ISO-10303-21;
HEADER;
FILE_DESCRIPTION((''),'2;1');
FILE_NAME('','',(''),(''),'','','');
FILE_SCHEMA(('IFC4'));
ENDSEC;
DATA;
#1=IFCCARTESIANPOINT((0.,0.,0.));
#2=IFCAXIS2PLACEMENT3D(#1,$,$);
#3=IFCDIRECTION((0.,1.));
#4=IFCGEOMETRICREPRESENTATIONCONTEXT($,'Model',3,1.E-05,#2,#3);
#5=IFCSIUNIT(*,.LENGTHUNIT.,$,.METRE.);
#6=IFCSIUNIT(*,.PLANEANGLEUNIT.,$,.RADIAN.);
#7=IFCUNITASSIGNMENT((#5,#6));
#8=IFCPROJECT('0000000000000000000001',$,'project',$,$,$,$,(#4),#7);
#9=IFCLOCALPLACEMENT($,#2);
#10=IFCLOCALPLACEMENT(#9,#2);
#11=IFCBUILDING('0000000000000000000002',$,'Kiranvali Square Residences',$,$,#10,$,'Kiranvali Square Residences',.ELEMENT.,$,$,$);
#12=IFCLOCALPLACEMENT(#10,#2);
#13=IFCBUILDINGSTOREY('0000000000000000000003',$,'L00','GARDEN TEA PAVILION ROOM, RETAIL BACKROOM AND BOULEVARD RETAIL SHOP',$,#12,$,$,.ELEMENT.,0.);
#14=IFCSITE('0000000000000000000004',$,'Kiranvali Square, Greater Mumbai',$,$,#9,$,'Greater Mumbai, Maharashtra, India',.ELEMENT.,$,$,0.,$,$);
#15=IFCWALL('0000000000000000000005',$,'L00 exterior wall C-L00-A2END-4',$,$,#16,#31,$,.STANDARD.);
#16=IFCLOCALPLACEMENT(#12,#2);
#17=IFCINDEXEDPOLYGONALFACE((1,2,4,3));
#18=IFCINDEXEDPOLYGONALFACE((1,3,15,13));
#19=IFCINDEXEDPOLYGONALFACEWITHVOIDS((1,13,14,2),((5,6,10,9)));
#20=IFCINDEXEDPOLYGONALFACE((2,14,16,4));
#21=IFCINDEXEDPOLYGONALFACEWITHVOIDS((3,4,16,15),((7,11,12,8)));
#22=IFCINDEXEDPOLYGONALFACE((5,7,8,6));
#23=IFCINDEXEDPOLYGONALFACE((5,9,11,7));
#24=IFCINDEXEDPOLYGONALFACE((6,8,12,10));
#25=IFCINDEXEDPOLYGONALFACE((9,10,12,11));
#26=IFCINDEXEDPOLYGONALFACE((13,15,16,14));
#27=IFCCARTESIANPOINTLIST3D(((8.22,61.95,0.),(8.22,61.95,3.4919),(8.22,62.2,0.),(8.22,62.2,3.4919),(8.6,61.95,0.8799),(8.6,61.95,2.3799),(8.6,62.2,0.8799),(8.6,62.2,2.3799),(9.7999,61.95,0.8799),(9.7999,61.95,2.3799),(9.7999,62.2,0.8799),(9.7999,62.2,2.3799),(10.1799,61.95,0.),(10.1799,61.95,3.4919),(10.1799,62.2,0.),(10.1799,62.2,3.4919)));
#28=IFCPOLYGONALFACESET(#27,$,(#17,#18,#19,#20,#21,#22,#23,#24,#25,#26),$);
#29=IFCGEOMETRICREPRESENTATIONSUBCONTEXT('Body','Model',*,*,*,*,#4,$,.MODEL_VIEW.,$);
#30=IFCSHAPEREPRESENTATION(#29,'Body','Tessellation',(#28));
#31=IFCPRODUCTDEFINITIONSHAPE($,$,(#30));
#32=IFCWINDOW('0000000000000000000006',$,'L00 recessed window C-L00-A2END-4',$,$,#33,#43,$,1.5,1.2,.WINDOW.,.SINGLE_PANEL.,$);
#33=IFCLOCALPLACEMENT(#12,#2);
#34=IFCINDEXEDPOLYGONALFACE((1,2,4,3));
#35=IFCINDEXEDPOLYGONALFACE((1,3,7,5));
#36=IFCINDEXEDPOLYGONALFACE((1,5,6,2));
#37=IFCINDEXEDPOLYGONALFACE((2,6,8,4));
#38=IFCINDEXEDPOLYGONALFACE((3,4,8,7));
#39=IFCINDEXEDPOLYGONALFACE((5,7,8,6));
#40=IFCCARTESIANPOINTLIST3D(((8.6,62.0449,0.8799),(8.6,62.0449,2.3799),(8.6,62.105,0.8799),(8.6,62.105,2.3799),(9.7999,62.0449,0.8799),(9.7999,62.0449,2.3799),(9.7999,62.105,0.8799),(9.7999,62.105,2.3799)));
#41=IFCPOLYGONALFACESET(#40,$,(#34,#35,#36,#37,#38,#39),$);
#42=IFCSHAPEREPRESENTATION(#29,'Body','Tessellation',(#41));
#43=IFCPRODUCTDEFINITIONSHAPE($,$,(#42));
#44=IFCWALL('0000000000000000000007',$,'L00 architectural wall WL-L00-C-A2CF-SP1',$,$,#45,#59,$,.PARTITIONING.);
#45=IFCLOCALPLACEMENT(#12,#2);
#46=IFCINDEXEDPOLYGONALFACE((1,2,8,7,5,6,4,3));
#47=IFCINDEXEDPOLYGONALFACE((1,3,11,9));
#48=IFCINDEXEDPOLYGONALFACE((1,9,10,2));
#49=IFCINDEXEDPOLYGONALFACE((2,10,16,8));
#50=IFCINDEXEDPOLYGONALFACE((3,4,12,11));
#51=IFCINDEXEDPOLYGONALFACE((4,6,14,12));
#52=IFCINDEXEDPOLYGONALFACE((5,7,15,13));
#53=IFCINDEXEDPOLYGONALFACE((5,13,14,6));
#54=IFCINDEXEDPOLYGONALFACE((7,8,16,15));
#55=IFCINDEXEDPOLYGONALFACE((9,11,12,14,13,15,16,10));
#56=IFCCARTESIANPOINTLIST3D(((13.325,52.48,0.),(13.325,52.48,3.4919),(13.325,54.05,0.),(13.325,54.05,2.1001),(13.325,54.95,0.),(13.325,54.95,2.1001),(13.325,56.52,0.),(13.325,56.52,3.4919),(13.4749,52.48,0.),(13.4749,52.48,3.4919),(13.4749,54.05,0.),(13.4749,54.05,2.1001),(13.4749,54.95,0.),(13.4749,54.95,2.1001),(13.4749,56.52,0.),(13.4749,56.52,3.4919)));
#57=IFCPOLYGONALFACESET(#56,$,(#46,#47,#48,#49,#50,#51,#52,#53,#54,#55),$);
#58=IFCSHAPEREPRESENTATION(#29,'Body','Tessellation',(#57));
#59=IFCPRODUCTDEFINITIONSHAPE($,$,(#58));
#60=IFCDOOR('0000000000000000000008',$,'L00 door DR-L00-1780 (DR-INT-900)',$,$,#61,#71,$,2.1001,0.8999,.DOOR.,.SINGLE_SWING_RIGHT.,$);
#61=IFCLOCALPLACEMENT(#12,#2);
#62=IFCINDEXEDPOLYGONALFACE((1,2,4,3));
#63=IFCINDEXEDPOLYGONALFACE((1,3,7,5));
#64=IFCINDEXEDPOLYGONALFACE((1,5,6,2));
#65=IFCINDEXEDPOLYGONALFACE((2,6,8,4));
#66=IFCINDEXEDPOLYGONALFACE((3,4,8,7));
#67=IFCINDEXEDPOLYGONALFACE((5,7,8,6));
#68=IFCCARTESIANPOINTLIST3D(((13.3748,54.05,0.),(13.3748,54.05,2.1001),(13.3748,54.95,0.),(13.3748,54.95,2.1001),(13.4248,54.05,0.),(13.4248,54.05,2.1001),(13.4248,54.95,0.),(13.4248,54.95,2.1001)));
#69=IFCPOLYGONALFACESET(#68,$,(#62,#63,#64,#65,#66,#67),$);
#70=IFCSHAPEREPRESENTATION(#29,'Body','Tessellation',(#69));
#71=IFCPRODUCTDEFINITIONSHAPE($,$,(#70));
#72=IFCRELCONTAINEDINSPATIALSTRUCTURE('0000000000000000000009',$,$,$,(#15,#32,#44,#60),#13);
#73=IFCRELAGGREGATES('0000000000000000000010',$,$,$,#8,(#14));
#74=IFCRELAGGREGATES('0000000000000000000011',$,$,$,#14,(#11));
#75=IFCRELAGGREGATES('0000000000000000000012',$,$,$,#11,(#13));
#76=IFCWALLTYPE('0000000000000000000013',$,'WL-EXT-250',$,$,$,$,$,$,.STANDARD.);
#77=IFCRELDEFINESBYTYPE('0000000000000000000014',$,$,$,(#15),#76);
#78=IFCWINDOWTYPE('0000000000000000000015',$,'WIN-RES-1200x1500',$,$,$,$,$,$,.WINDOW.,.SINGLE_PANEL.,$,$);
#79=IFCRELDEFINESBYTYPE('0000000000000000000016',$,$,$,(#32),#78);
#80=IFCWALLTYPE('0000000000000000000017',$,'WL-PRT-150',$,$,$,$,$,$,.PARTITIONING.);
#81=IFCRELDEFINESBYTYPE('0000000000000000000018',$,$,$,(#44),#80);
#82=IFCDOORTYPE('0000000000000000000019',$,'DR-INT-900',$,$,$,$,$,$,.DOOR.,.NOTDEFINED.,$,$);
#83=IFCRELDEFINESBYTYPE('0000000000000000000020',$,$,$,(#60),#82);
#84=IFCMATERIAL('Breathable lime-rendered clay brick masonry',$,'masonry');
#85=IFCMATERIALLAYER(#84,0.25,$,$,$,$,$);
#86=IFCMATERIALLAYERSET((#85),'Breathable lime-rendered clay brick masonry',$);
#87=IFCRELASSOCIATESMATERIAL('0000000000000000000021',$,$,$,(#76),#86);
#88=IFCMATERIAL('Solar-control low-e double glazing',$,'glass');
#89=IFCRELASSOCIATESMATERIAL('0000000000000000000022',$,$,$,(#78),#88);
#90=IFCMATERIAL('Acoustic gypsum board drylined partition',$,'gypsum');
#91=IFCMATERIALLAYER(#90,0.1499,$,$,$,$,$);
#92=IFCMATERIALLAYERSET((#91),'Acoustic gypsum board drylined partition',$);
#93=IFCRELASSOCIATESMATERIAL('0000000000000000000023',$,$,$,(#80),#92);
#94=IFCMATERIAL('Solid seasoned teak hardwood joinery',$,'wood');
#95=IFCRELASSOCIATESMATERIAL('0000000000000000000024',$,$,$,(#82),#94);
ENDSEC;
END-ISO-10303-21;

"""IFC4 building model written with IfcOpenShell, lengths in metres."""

from ifc_helpers import new_model, si_unit, direction, frame, frame_2d, origin, place, context, subcontext, project, spatial, rectangle, extrude, material, layer, layer_set, type_object, element, fill, save


model = new_model("IFC4")

# Units and contexts
model_context = context("Model", 3, precision=1e-05, world=origin(), true_north=direction((0.0, 1.0)))
body_context = subcontext(model_context, "Body", "Model", "MODEL_VIEW")
ifc_project = project(units=[si_unit("LENGTHUNIT", "METRE"), si_unit("PLANEANGLEUNIT", "RADIAN")], contexts=[model_context])

# Site, building, storey
site_placement = place(None, origin())
site = spatial("IfcSite", under=ifc_project, at=site_placement, Name="Kiranvali Square, Greater Mumbai", LongName="Greater Mumbai, Maharashtra, India", CompositionType="ELEMENT", RefElevation=0.0)
building_placement = place(site_placement, origin())
building = spatial("IfcBuilding", under=site, at=building_placement, Name="Kiranvali Square Residences", LongName="Kiranvali Square Residences", CompositionType="ELEMENT")
storey_placement = place(building_placement, origin())
storey = spatial("IfcBuildingStorey", under=building, at=storey_placement, Name="L00", Description="GARDEN TEA PAVILION ROOM, RETAIL BACKROOM AND BOULEVARD RETAIL SHOP", CompositionType="ELEMENT", Elevation=0.0)

# Wall, opening, window
ifc_material_1 = material(Name="Breathable lime-rendered clay brick masonry", Category="masonry")
ifc_layer_1 = layer(ifc_material_1, 0.25)
ifc_layer_set_1 = layer_set([ifc_layer_1], Name="Breathable lime-rendered clay brick masonry")
wall_type_1 = type_object("IfcWallType", Name="WL-EXT-250", PredefinedType="STANDARD", material=ifc_layer_set_1)
ifc_material_2 = material(Name="Solar-control low-e double glazing", Category="glass")
window_type = type_object("IfcWindowType", Name="WIN-RES-1200x1500", PartitioningType="SINGLE_PANEL", PredefinedType="WINDOW", material=ifc_material_2)
wall_1_placement = place(storey_placement, frame((10.1799, 62.075, 0.0), z_axis=(0.0, 0.0, 1.0), x_axis=(-1.0, 0.0, 0.0)))
wall_1 = element("IfcWall", 1, at=wall_1_placement, inside=storey, type_object=wall_type_1, Name="L00 exterior wall C-L00-A2END-4", PredefinedType="STANDARD", context=body_context, shape_type="SweptSolid", body=[
    extrude(rectangle(XDim=1.96, YDim=0.25, at=frame_2d((0.98, 0.0))), origin(), (0.0, 0.0, 1.0), 3.4919),
])
opening_1_placement = place(wall_1_placement, frame((0.3799, 0.0, 0.8799)))
opening_1 = element("IfcOpeningElement", 2, at=opening_1_placement, cuts=wall_1, PredefinedType="OPENING", context=body_context, shape_type="SweptSolid", body=[
    extrude(rectangle(XDim=1.2, YDim=1.5, at=frame_2d((0.6001, 0.75))), frame((0.0, 0.135, 0.0), z_axis=(0.0, -1.0, 0.0), x_axis=(1.0, 0.0, 0.0)), (0.0, 0.0, 1.0), 0.27),
])
window_1_placement = place(opening_1_placement, origin())
window_1 = element("IfcWindow", 3, at=window_1_placement, inside=storey, type_object=window_type, Name="L00 recessed window C-L00-A2END-4", OverallHeight=1.5, OverallWidth=1.2, PartitioningType="SINGLE_PANEL", PredefinedType="WINDOW", context=body_context, shape_type="SweptSolid", body=[
    extrude(rectangle(XDim=1.2, YDim=1.5, at=frame_2d((0.6001, 0.75))), frame((0.0, 0.03, 0.0), z_axis=(0.0, -1.0, 0.0), x_axis=(1.0, 0.0, 0.0)), (0.0, 0.0, 1.0), 0.0601),
])
fill(opening_1, window_1)

# Wall, opening, door
ifc_material_3 = material(Name="Acoustic gypsum board drylined partition", Category="gypsum")
ifc_layer_2 = layer(ifc_material_3, 0.1499)
ifc_layer_set_2 = layer_set([ifc_layer_2], Name="Acoustic gypsum board drylined partition")
wall_type_2 = type_object("IfcWallType", Name="WL-PRT-150", PredefinedType="PARTITIONING", material=ifc_layer_set_2)
wall_2_placement = place(storey_placement, frame((13.3999, 52.48, 0.0), z_axis=(0.0, 0.0, 1.0), x_axis=(0.0, 1.0, 0.0)))
wall_2 = element("IfcWall", 4, at=wall_2_placement, inside=storey, type_object=wall_type_2, Name="L00 architectural wall WL-L00-C-A2CF-SP1", PredefinedType="PARTITIONING", context=body_context, shape_type="SweptSolid", body=[
    extrude(rectangle(XDim=4.04, YDim=0.1499, at=frame_2d((2.02, 0.0))), origin(), (0.0, 0.0, 1.0), 3.4919),
])
opening_2_placement = place(wall_2_placement, frame((1.5701, 0.0, 0.0)))
opening_2 = element("IfcOpeningElement", 5, at=opening_2_placement, cuts=wall_2, PredefinedType="OPENING", context=body_context, shape_type="SweptSolid", body=[
    extrude(rectangle(XDim=0.8999, YDim=2.1001, at=frame_2d((0.45, 1.05))), frame((0.0, 0.085, 0.0), z_axis=(0.0, -1.0, 0.0), x_axis=(1.0, 0.0, 0.0)), (0.0, 0.0, 1.0), 0.1699),
])
ifc_material_4 = material(Name="Solid seasoned teak hardwood joinery", Category="wood")
door_type = type_object("IfcDoorType", Name="DR-INT-900", OperationType="NOTDEFINED", PredefinedType="DOOR", material=ifc_material_4)
door_placement = place(opening_2_placement, frame((0.8999, 0.0, 0.0), z_axis=(0.0, 0.0, 1.0), x_axis=(-1.0, 0.0, 0.0)))
door = element("IfcDoor", 6, at=door_placement, inside=storey, type_object=door_type, Name="L00 door DR-L00-1780 (DR-INT-900)", OperationType="SINGLE_SWING_RIGHT", OverallHeight=2.1001, OverallWidth=0.8999, PredefinedType="DOOR", context=body_context, shape_type="SweptSolid", body=[
    extrude(rectangle(XDim=0.8999, YDim=2.1001, at=frame_2d((0.45, 1.05))), frame((0.0, 0.0249, 0.0), z_axis=(0.0, -1.0, 0.0), x_axis=(1.0, 0.0, 0.0)), (0.0, 0.0, 1.0), 0.05),
])
fill(opening_2, door)

save(model, "model.ifc")
